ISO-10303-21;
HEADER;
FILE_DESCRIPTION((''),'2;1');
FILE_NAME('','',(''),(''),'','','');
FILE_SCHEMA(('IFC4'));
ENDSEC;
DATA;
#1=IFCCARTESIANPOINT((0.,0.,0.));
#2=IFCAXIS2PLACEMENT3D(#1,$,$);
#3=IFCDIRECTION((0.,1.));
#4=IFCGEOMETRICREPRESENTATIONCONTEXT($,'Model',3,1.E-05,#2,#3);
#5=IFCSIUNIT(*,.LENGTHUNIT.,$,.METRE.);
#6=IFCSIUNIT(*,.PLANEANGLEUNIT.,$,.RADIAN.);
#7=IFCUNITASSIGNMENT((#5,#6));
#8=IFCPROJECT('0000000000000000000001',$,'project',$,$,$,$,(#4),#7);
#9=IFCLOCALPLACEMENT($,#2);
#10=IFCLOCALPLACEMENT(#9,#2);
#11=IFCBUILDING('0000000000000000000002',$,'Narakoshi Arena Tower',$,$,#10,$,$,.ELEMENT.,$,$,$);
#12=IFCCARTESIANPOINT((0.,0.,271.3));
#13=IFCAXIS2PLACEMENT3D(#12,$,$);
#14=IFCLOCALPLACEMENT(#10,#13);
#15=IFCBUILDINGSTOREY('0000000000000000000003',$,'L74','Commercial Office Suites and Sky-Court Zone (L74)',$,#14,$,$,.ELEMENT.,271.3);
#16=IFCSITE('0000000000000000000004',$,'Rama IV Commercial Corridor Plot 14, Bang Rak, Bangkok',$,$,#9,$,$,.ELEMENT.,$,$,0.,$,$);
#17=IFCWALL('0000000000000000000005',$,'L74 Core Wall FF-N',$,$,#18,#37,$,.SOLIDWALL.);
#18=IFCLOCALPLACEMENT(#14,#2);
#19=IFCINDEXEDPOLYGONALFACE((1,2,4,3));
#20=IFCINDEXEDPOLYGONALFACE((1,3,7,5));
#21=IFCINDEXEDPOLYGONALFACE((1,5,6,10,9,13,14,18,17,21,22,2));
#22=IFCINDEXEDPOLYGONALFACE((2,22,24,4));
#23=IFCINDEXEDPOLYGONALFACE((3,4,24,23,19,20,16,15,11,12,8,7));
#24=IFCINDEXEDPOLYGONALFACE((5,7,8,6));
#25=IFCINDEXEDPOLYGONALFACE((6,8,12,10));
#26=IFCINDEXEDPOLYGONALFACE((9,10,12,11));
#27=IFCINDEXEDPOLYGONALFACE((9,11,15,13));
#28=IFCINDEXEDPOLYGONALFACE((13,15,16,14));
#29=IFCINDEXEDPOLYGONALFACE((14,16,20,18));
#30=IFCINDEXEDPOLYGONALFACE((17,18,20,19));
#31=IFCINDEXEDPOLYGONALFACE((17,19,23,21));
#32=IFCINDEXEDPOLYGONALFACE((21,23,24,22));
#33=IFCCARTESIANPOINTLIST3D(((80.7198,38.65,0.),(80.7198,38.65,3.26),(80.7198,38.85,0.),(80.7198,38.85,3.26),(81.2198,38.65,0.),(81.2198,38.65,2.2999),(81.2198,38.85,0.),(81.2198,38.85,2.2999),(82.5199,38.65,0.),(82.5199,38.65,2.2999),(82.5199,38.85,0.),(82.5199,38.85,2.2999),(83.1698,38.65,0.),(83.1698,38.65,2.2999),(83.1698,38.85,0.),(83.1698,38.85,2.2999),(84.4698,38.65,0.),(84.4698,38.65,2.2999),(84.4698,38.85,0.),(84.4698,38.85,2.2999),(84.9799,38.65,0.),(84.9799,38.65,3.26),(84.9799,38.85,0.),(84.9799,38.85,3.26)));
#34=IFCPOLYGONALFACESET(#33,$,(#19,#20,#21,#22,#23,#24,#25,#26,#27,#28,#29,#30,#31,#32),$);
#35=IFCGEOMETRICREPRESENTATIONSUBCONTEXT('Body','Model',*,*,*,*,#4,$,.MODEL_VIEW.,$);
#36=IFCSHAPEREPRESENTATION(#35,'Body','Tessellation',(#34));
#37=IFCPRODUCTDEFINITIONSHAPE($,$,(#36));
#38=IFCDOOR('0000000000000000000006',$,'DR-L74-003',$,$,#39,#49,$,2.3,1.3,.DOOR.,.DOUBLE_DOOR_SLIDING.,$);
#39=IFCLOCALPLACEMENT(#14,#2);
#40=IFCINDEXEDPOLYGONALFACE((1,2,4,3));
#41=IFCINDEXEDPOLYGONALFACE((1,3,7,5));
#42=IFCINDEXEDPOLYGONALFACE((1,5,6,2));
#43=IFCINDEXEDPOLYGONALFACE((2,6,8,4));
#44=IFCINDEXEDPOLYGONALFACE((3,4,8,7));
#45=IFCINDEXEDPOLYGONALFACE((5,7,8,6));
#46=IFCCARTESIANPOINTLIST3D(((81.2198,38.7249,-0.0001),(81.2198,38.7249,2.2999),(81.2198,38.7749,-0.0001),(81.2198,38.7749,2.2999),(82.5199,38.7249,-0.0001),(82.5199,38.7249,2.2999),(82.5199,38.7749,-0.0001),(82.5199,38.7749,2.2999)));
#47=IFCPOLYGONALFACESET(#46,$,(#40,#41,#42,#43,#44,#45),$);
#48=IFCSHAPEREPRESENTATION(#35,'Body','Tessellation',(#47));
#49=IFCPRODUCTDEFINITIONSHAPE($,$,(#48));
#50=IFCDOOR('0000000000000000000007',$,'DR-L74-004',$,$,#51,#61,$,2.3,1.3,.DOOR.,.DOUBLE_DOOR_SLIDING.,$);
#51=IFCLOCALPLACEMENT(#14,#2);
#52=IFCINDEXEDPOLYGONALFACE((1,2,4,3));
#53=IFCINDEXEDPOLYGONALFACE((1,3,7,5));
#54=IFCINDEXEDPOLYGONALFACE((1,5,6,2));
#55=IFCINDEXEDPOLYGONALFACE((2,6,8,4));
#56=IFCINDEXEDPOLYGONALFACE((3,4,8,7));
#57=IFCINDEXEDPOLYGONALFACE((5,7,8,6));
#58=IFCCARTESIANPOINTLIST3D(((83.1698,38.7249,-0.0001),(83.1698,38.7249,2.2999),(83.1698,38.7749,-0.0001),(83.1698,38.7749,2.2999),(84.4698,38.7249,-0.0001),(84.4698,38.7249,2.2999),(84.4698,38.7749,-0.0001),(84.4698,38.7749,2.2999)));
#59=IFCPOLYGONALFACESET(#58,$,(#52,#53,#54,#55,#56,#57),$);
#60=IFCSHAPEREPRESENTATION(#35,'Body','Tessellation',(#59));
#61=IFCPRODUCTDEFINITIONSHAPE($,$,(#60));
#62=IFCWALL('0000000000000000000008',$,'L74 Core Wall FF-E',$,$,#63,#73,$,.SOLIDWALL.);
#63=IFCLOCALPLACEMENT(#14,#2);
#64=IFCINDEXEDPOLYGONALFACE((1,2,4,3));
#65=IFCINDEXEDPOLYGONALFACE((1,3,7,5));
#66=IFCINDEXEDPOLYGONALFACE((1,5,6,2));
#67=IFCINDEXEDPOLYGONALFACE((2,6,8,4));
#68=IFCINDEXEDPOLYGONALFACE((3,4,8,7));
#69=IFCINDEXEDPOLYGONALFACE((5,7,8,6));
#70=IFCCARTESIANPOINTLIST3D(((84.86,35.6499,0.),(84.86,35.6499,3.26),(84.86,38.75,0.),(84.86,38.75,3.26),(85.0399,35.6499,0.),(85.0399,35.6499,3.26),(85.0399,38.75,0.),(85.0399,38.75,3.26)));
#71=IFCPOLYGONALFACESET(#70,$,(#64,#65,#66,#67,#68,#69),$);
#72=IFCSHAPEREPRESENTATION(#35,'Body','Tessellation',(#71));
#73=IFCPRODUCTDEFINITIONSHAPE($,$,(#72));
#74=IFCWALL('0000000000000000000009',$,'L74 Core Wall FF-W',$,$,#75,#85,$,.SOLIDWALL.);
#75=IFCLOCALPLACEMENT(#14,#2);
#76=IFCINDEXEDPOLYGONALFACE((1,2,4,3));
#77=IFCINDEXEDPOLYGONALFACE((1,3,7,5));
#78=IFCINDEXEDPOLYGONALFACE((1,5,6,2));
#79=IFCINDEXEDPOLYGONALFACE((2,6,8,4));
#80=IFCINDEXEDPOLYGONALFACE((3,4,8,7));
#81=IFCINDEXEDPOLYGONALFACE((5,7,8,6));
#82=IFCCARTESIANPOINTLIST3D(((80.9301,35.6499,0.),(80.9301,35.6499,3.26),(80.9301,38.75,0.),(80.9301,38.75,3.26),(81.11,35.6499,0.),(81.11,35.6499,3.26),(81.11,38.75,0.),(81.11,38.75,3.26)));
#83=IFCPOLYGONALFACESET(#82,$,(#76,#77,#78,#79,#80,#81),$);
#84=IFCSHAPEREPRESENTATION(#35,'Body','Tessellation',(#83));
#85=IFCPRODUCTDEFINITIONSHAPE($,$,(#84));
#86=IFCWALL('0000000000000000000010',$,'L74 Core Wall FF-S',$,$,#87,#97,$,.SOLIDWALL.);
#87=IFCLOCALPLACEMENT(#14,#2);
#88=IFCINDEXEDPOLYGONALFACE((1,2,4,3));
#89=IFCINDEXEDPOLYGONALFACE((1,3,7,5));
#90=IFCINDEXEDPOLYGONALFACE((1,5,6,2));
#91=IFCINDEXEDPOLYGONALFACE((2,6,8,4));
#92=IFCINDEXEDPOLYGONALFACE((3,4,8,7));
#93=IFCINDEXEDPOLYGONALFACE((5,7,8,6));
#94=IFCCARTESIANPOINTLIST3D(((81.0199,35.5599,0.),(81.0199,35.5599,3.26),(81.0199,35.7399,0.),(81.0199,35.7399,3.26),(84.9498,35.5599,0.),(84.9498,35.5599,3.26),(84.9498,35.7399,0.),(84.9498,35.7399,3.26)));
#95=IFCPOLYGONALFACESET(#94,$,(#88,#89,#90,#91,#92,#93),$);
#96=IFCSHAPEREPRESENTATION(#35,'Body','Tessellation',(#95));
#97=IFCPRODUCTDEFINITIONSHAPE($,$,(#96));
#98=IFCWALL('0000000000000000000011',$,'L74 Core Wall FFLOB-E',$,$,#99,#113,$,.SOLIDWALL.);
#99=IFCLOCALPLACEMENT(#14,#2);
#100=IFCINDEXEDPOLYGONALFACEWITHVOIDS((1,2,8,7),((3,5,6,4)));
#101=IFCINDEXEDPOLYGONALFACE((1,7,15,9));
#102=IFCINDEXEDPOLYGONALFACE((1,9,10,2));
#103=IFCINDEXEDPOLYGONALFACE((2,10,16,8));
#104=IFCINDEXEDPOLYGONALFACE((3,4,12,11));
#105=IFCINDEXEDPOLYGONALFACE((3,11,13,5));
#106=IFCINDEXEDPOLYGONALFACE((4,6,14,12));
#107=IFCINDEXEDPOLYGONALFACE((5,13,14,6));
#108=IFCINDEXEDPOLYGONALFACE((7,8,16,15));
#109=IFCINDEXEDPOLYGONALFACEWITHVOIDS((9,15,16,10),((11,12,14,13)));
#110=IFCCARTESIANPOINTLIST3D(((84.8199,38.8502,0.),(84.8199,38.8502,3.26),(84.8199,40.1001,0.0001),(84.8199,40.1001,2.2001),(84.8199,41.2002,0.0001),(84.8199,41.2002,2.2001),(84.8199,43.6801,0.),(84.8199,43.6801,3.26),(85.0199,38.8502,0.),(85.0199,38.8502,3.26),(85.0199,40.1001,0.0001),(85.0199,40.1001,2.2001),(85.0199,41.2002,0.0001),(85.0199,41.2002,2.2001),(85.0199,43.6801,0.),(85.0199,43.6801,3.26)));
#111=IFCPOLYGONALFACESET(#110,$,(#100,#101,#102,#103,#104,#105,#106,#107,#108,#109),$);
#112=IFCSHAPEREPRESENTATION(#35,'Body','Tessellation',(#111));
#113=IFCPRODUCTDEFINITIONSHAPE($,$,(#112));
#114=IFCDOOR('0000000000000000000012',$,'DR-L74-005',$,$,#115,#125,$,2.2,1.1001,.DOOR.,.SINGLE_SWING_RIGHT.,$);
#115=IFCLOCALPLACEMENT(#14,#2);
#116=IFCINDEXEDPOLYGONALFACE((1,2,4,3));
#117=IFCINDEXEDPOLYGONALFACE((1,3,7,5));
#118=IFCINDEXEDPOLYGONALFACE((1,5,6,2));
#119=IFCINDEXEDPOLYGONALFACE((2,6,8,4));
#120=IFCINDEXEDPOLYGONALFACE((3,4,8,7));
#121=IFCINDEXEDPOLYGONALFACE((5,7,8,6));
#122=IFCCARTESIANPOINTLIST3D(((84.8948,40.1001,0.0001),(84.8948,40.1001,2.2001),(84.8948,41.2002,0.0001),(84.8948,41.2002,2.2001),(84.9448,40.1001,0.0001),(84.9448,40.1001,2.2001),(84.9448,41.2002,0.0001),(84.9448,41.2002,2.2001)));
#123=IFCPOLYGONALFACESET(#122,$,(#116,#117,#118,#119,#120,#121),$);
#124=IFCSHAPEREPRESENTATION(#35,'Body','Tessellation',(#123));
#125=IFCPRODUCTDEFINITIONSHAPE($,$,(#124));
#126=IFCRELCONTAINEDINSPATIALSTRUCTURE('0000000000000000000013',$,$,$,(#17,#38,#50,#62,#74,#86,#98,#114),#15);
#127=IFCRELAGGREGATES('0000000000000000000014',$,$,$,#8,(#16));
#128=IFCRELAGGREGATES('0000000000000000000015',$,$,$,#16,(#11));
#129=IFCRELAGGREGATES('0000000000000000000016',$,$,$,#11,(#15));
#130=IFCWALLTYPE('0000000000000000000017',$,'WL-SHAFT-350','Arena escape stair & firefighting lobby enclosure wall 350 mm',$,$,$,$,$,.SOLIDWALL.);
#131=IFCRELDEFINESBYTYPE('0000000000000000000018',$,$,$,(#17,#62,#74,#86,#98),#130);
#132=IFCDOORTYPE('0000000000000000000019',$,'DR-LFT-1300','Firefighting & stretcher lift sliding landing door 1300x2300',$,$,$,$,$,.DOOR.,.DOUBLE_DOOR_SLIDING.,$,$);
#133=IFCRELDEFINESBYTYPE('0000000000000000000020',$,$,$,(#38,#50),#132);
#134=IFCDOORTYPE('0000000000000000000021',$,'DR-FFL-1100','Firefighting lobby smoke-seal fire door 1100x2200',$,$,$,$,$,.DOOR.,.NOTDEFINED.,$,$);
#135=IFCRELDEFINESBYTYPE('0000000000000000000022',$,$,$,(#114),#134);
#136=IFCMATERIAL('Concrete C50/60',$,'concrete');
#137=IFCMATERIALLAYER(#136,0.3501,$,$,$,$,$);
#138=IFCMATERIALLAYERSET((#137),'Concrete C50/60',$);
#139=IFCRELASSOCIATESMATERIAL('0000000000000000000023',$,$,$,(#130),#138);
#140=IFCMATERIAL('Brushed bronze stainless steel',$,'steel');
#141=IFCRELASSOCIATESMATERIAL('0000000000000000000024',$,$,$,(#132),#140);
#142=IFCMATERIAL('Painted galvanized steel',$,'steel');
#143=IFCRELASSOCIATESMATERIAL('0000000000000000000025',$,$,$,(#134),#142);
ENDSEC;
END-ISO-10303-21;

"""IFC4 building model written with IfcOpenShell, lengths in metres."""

from ifc_helpers import new_model, si_unit, direction, frame, frame_2d, origin, place, context, subcontext, project, spatial, rectangle, extrude, material, layer, layer_set, type_object, element, fill, save


model = new_model("IFC4")

# Units and contexts
model_context = context("Model", 3, precision=1e-05, world=origin(), true_north=direction((0.0, 1.0)))
body_context = subcontext(model_context, "Body", "Model", "MODEL_VIEW")
ifc_project = project(units=[si_unit("LENGTHUNIT", "METRE"), si_unit("PLANEANGLEUNIT", "RADIAN")], contexts=[model_context])

# Site, building, storey
site_placement = place(None, origin())
site = spatial("IfcSite", under=ifc_project, at=site_placement, Name="Rama IV Commercial Corridor Plot 14, Bang Rak, Bangkok", CompositionType="ELEMENT", RefElevation=0.0)
building_placement = place(site_placement, origin())
building = spatial("IfcBuilding", under=site, at=building_placement, Name="Narakoshi Arena Tower", CompositionType="ELEMENT")
storey_placement = place(building_placement, frame((0.0, 0.0, 271.3)))
storey = spatial("IfcBuildingStorey", under=building, at=storey_placement, Name="L74", Description="Commercial Office Suites and Sky-Court Zone (L74)", CompositionType="ELEMENT", Elevation=271.3)

# Shared definitions
ifc_material_1 = material(Name="Concrete C50/60", Category="concrete")

# Shared definitions
ifc_layer_1 = layer(ifc_material_1, 0.3501)
ifc_layer_set_1 = layer_set([ifc_layer_1], Name="Concrete C50/60")
wall_type_1 = type_object("IfcWallType", Name="WL-SHAFT-350", Description="Arena escape stair & firefighting lobby enclosure wall 350 mm", PredefinedType="SOLIDWALL", material=ifc_layer_set_1)

# Shared definitions
ifc_material_2 = material(Name="Painted galvanized steel", Category="steel")

# Wall, openings, doors
wall_1_placement = place(storey_placement, frame((80.72, 38.75, 0.0), z_axis=(0.0, 0.0, 1.0), x_axis=(1.0, 0.0, 0.0)))
wall_1 = element("IfcWall", 1, at=wall_1_placement, inside=storey, type_object=wall_type_1, Name="L74 Core Wall FF-N", PredefinedType="SOLIDWALL", context=body_context, shape_type="SweptSolid", body=[
    extrude(rectangle(XDim=4.26, YDim=0.2, at=frame_2d((2.1299, 0.0))), origin(), (0.0, 0.0, 1.0), 3.26),
])
opening_1_placement = place(wall_1_placement, frame((0.5, 0.0, 0.0)))
opening_1 = element("IfcOpeningElement", 2, at=opening_1_placement, cuts=wall_1, PredefinedType="OPENING", context=body_context, shape_type="SweptSolid", body=[
    extrude(rectangle(XDim=1.3, YDim=2.3, at=frame_2d((0.6499, 1.1499))), frame((0.0, 0.1099, 0.0), z_axis=(0.0, -1.0, 0.0), x_axis=(1.0, 0.0, 0.0)), (0.0, 0.0, 1.0), 0.22),
])
opening_2_placement = place(wall_1_placement, frame((2.45, 0.0, 0.0)))
opening_2 = element("IfcOpeningElement", 3, at=opening_2_placement, cuts=wall_1, PredefinedType="OPENING", context=body_context, shape_type="SweptSolid", body=[
    extrude(rectangle(XDim=1.3, YDim=2.3, at=frame_2d((0.6499, 1.1499))), frame((0.0, 0.1099, 0.0), z_axis=(0.0, -1.0, 0.0), x_axis=(1.0, 0.0, 0.0)), (0.0, 0.0, 1.0), 0.22),
])
ifc_material_3 = material(Name="Brushed bronze stainless steel", Category="steel")
door_type_1 = type_object("IfcDoorType", Name="DR-LFT-1300", Description="Firefighting & stretcher lift sliding landing door 1300x2300", OperationType="DOUBLE_DOOR_SLIDING", PredefinedType="DOOR", material=ifc_material_3)
door_1_placement = place(opening_1_placement, origin())
door_1 = element("IfcDoor", 4, at=door_1_placement, inside=storey, type_object=door_type_1, Name="DR-L74-003", OperationType="DOUBLE_DOOR_SLIDING", OverallHeight=2.3, OverallWidth=1.3, PredefinedType="DOOR", context=body_context, shape_type="SweptSolid", body=[
    extrude(rectangle(XDim=1.3, YDim=2.3, at=frame_2d((0.6499, 1.1499))), frame((0.0, 0.0249, 0.0), z_axis=(0.0, -1.0, 0.0), x_axis=(1.0, 0.0, 0.0)), (0.0, 0.0, 1.0), 0.05),
])
fill(opening_1, door_1)
door_2_placement = place(opening_2_placement, origin())
door_2 = element("IfcDoor", 5, at=door_2_placement, inside=storey, type_object=door_type_1, Name="DR-L74-004", OperationType="DOUBLE_DOOR_SLIDING", OverallHeight=2.3, OverallWidth=1.3, PredefinedType="DOOR", context=body_context, shape_type="SweptSolid", body=[
    extrude(rectangle(XDim=1.3, YDim=2.3, at=frame_2d((0.6499, 1.1499))), frame((0.0, 0.0249, 0.0), z_axis=(0.0, -1.0, 0.0), x_axis=(1.0, 0.0, 0.0)), (0.0, 0.0, 1.0), 0.05),
])
fill(opening_2, door_2)

# Walls
for number, where, z_axis, x_axis, name in (
    (6, (84.95, 35.6499, 0.0), (0.0, 0.0, 1.0), (0.0, 1.0, 0.0), "L74 Core Wall FF-E"),
    (7, (81.02, 35.6499, 0.0), (0.0, 0.0, 1.0), (0.0, 1.0, 0.0), "L74 Core Wall FF-W"),
):
    element("IfcWall", number, at=place(storey_placement, frame(where, z_axis=z_axis, x_axis=x_axis)), inside=storey, type_object=wall_type_1, Name=name, PredefinedType="SOLIDWALL", context=body_context, shape_type="SweptSolid", body=[
        extrude(rectangle(XDim=3.1001, YDim=0.1799, at=frame_2d((1.55, 0.0))), origin(), (0.0, 0.0, 1.0), 3.26),
    ])
wall_2_placement = place(storey_placement, frame((81.02, 35.6499, 0.0), z_axis=(0.0, 0.0, 1.0), x_axis=(1.0, 0.0, 0.0)))
element("IfcWall", 8, at=wall_2_placement, inside=storey, type_object=wall_type_1, Name="L74 Core Wall FF-S", PredefinedType="SOLIDWALL", context=body_context, shape_type="SweptSolid", body=[
    extrude(rectangle(XDim=3.9299, YDim=0.1799, at=frame_2d((1.9648, 0.0))), origin(), (0.0, 0.0, 1.0), 3.26),
])

# Wall, opening, door
wall_3_placement = place(storey_placement, frame((84.9199, 38.8501, 0.0), z_axis=(0.0, 0.0, 1.0), x_axis=(0.0, 1.0, 0.0)))
wall_3 = element("IfcWall", 9, at=wall_3_placement, inside=storey, type_object=wall_type_1, Name="L74 Core Wall FFLOB-E", PredefinedType="SOLIDWALL", context=body_context, shape_type="SweptSolid", body=[
    extrude(rectangle(XDim=4.8298, YDim=0.2, at=frame_2d((2.415, 0.0))), origin(), (0.0, 0.0, 1.0), 3.26),
])
opening_3_placement = place(wall_3_placement, frame((1.25, 0.0, 0.0)))
opening_3 = element("IfcOpeningElement", 10, at=opening_3_placement, cuts=wall_3, PredefinedType="OPENING", context=body_context, shape_type="SweptSolid", body=[
    extrude(rectangle(XDim=1.1001, YDim=2.2, at=frame_2d((0.55, 1.1001))), frame((0.0, 0.1099, 0.0), z_axis=(0.0, -1.0, 0.0), x_axis=(1.0, 0.0, 0.0)), (0.0, 0.0, 1.0), 0.22),
])
door_type_2 = type_object("IfcDoorType", Name="DR-FFL-1100", Description="Firefighting lobby smoke-seal fire door 1100x2200", OperationType="NOTDEFINED", PredefinedType="DOOR", material=ifc_material_2)
door_3_placement = place(opening_3_placement, frame((1.1001, 0.0, 0.0), z_axis=(0.0, 0.0, 1.0), x_axis=(-1.0, 0.0, 0.0)))
door_3 = element("IfcDoor", 11, at=door_3_placement, inside=storey, type_object=door_type_2, Name="DR-L74-005", OperationType="SINGLE_SWING_RIGHT", OverallHeight=2.2, OverallWidth=1.1001, PredefinedType="DOOR", context=body_context, shape_type="SweptSolid", body=[
    extrude(rectangle(XDim=1.1001, YDim=2.2, at=frame_2d((0.55, 1.1001))), frame((0.0, 0.0249, 0.0), z_axis=(0.0, -1.0, 0.0), x_axis=(1.0, 0.0, 0.0)), (0.0, 0.0, 1.0), 0.05),
])
fill(opening_3, door_3)

save(model, "model.ifc")
